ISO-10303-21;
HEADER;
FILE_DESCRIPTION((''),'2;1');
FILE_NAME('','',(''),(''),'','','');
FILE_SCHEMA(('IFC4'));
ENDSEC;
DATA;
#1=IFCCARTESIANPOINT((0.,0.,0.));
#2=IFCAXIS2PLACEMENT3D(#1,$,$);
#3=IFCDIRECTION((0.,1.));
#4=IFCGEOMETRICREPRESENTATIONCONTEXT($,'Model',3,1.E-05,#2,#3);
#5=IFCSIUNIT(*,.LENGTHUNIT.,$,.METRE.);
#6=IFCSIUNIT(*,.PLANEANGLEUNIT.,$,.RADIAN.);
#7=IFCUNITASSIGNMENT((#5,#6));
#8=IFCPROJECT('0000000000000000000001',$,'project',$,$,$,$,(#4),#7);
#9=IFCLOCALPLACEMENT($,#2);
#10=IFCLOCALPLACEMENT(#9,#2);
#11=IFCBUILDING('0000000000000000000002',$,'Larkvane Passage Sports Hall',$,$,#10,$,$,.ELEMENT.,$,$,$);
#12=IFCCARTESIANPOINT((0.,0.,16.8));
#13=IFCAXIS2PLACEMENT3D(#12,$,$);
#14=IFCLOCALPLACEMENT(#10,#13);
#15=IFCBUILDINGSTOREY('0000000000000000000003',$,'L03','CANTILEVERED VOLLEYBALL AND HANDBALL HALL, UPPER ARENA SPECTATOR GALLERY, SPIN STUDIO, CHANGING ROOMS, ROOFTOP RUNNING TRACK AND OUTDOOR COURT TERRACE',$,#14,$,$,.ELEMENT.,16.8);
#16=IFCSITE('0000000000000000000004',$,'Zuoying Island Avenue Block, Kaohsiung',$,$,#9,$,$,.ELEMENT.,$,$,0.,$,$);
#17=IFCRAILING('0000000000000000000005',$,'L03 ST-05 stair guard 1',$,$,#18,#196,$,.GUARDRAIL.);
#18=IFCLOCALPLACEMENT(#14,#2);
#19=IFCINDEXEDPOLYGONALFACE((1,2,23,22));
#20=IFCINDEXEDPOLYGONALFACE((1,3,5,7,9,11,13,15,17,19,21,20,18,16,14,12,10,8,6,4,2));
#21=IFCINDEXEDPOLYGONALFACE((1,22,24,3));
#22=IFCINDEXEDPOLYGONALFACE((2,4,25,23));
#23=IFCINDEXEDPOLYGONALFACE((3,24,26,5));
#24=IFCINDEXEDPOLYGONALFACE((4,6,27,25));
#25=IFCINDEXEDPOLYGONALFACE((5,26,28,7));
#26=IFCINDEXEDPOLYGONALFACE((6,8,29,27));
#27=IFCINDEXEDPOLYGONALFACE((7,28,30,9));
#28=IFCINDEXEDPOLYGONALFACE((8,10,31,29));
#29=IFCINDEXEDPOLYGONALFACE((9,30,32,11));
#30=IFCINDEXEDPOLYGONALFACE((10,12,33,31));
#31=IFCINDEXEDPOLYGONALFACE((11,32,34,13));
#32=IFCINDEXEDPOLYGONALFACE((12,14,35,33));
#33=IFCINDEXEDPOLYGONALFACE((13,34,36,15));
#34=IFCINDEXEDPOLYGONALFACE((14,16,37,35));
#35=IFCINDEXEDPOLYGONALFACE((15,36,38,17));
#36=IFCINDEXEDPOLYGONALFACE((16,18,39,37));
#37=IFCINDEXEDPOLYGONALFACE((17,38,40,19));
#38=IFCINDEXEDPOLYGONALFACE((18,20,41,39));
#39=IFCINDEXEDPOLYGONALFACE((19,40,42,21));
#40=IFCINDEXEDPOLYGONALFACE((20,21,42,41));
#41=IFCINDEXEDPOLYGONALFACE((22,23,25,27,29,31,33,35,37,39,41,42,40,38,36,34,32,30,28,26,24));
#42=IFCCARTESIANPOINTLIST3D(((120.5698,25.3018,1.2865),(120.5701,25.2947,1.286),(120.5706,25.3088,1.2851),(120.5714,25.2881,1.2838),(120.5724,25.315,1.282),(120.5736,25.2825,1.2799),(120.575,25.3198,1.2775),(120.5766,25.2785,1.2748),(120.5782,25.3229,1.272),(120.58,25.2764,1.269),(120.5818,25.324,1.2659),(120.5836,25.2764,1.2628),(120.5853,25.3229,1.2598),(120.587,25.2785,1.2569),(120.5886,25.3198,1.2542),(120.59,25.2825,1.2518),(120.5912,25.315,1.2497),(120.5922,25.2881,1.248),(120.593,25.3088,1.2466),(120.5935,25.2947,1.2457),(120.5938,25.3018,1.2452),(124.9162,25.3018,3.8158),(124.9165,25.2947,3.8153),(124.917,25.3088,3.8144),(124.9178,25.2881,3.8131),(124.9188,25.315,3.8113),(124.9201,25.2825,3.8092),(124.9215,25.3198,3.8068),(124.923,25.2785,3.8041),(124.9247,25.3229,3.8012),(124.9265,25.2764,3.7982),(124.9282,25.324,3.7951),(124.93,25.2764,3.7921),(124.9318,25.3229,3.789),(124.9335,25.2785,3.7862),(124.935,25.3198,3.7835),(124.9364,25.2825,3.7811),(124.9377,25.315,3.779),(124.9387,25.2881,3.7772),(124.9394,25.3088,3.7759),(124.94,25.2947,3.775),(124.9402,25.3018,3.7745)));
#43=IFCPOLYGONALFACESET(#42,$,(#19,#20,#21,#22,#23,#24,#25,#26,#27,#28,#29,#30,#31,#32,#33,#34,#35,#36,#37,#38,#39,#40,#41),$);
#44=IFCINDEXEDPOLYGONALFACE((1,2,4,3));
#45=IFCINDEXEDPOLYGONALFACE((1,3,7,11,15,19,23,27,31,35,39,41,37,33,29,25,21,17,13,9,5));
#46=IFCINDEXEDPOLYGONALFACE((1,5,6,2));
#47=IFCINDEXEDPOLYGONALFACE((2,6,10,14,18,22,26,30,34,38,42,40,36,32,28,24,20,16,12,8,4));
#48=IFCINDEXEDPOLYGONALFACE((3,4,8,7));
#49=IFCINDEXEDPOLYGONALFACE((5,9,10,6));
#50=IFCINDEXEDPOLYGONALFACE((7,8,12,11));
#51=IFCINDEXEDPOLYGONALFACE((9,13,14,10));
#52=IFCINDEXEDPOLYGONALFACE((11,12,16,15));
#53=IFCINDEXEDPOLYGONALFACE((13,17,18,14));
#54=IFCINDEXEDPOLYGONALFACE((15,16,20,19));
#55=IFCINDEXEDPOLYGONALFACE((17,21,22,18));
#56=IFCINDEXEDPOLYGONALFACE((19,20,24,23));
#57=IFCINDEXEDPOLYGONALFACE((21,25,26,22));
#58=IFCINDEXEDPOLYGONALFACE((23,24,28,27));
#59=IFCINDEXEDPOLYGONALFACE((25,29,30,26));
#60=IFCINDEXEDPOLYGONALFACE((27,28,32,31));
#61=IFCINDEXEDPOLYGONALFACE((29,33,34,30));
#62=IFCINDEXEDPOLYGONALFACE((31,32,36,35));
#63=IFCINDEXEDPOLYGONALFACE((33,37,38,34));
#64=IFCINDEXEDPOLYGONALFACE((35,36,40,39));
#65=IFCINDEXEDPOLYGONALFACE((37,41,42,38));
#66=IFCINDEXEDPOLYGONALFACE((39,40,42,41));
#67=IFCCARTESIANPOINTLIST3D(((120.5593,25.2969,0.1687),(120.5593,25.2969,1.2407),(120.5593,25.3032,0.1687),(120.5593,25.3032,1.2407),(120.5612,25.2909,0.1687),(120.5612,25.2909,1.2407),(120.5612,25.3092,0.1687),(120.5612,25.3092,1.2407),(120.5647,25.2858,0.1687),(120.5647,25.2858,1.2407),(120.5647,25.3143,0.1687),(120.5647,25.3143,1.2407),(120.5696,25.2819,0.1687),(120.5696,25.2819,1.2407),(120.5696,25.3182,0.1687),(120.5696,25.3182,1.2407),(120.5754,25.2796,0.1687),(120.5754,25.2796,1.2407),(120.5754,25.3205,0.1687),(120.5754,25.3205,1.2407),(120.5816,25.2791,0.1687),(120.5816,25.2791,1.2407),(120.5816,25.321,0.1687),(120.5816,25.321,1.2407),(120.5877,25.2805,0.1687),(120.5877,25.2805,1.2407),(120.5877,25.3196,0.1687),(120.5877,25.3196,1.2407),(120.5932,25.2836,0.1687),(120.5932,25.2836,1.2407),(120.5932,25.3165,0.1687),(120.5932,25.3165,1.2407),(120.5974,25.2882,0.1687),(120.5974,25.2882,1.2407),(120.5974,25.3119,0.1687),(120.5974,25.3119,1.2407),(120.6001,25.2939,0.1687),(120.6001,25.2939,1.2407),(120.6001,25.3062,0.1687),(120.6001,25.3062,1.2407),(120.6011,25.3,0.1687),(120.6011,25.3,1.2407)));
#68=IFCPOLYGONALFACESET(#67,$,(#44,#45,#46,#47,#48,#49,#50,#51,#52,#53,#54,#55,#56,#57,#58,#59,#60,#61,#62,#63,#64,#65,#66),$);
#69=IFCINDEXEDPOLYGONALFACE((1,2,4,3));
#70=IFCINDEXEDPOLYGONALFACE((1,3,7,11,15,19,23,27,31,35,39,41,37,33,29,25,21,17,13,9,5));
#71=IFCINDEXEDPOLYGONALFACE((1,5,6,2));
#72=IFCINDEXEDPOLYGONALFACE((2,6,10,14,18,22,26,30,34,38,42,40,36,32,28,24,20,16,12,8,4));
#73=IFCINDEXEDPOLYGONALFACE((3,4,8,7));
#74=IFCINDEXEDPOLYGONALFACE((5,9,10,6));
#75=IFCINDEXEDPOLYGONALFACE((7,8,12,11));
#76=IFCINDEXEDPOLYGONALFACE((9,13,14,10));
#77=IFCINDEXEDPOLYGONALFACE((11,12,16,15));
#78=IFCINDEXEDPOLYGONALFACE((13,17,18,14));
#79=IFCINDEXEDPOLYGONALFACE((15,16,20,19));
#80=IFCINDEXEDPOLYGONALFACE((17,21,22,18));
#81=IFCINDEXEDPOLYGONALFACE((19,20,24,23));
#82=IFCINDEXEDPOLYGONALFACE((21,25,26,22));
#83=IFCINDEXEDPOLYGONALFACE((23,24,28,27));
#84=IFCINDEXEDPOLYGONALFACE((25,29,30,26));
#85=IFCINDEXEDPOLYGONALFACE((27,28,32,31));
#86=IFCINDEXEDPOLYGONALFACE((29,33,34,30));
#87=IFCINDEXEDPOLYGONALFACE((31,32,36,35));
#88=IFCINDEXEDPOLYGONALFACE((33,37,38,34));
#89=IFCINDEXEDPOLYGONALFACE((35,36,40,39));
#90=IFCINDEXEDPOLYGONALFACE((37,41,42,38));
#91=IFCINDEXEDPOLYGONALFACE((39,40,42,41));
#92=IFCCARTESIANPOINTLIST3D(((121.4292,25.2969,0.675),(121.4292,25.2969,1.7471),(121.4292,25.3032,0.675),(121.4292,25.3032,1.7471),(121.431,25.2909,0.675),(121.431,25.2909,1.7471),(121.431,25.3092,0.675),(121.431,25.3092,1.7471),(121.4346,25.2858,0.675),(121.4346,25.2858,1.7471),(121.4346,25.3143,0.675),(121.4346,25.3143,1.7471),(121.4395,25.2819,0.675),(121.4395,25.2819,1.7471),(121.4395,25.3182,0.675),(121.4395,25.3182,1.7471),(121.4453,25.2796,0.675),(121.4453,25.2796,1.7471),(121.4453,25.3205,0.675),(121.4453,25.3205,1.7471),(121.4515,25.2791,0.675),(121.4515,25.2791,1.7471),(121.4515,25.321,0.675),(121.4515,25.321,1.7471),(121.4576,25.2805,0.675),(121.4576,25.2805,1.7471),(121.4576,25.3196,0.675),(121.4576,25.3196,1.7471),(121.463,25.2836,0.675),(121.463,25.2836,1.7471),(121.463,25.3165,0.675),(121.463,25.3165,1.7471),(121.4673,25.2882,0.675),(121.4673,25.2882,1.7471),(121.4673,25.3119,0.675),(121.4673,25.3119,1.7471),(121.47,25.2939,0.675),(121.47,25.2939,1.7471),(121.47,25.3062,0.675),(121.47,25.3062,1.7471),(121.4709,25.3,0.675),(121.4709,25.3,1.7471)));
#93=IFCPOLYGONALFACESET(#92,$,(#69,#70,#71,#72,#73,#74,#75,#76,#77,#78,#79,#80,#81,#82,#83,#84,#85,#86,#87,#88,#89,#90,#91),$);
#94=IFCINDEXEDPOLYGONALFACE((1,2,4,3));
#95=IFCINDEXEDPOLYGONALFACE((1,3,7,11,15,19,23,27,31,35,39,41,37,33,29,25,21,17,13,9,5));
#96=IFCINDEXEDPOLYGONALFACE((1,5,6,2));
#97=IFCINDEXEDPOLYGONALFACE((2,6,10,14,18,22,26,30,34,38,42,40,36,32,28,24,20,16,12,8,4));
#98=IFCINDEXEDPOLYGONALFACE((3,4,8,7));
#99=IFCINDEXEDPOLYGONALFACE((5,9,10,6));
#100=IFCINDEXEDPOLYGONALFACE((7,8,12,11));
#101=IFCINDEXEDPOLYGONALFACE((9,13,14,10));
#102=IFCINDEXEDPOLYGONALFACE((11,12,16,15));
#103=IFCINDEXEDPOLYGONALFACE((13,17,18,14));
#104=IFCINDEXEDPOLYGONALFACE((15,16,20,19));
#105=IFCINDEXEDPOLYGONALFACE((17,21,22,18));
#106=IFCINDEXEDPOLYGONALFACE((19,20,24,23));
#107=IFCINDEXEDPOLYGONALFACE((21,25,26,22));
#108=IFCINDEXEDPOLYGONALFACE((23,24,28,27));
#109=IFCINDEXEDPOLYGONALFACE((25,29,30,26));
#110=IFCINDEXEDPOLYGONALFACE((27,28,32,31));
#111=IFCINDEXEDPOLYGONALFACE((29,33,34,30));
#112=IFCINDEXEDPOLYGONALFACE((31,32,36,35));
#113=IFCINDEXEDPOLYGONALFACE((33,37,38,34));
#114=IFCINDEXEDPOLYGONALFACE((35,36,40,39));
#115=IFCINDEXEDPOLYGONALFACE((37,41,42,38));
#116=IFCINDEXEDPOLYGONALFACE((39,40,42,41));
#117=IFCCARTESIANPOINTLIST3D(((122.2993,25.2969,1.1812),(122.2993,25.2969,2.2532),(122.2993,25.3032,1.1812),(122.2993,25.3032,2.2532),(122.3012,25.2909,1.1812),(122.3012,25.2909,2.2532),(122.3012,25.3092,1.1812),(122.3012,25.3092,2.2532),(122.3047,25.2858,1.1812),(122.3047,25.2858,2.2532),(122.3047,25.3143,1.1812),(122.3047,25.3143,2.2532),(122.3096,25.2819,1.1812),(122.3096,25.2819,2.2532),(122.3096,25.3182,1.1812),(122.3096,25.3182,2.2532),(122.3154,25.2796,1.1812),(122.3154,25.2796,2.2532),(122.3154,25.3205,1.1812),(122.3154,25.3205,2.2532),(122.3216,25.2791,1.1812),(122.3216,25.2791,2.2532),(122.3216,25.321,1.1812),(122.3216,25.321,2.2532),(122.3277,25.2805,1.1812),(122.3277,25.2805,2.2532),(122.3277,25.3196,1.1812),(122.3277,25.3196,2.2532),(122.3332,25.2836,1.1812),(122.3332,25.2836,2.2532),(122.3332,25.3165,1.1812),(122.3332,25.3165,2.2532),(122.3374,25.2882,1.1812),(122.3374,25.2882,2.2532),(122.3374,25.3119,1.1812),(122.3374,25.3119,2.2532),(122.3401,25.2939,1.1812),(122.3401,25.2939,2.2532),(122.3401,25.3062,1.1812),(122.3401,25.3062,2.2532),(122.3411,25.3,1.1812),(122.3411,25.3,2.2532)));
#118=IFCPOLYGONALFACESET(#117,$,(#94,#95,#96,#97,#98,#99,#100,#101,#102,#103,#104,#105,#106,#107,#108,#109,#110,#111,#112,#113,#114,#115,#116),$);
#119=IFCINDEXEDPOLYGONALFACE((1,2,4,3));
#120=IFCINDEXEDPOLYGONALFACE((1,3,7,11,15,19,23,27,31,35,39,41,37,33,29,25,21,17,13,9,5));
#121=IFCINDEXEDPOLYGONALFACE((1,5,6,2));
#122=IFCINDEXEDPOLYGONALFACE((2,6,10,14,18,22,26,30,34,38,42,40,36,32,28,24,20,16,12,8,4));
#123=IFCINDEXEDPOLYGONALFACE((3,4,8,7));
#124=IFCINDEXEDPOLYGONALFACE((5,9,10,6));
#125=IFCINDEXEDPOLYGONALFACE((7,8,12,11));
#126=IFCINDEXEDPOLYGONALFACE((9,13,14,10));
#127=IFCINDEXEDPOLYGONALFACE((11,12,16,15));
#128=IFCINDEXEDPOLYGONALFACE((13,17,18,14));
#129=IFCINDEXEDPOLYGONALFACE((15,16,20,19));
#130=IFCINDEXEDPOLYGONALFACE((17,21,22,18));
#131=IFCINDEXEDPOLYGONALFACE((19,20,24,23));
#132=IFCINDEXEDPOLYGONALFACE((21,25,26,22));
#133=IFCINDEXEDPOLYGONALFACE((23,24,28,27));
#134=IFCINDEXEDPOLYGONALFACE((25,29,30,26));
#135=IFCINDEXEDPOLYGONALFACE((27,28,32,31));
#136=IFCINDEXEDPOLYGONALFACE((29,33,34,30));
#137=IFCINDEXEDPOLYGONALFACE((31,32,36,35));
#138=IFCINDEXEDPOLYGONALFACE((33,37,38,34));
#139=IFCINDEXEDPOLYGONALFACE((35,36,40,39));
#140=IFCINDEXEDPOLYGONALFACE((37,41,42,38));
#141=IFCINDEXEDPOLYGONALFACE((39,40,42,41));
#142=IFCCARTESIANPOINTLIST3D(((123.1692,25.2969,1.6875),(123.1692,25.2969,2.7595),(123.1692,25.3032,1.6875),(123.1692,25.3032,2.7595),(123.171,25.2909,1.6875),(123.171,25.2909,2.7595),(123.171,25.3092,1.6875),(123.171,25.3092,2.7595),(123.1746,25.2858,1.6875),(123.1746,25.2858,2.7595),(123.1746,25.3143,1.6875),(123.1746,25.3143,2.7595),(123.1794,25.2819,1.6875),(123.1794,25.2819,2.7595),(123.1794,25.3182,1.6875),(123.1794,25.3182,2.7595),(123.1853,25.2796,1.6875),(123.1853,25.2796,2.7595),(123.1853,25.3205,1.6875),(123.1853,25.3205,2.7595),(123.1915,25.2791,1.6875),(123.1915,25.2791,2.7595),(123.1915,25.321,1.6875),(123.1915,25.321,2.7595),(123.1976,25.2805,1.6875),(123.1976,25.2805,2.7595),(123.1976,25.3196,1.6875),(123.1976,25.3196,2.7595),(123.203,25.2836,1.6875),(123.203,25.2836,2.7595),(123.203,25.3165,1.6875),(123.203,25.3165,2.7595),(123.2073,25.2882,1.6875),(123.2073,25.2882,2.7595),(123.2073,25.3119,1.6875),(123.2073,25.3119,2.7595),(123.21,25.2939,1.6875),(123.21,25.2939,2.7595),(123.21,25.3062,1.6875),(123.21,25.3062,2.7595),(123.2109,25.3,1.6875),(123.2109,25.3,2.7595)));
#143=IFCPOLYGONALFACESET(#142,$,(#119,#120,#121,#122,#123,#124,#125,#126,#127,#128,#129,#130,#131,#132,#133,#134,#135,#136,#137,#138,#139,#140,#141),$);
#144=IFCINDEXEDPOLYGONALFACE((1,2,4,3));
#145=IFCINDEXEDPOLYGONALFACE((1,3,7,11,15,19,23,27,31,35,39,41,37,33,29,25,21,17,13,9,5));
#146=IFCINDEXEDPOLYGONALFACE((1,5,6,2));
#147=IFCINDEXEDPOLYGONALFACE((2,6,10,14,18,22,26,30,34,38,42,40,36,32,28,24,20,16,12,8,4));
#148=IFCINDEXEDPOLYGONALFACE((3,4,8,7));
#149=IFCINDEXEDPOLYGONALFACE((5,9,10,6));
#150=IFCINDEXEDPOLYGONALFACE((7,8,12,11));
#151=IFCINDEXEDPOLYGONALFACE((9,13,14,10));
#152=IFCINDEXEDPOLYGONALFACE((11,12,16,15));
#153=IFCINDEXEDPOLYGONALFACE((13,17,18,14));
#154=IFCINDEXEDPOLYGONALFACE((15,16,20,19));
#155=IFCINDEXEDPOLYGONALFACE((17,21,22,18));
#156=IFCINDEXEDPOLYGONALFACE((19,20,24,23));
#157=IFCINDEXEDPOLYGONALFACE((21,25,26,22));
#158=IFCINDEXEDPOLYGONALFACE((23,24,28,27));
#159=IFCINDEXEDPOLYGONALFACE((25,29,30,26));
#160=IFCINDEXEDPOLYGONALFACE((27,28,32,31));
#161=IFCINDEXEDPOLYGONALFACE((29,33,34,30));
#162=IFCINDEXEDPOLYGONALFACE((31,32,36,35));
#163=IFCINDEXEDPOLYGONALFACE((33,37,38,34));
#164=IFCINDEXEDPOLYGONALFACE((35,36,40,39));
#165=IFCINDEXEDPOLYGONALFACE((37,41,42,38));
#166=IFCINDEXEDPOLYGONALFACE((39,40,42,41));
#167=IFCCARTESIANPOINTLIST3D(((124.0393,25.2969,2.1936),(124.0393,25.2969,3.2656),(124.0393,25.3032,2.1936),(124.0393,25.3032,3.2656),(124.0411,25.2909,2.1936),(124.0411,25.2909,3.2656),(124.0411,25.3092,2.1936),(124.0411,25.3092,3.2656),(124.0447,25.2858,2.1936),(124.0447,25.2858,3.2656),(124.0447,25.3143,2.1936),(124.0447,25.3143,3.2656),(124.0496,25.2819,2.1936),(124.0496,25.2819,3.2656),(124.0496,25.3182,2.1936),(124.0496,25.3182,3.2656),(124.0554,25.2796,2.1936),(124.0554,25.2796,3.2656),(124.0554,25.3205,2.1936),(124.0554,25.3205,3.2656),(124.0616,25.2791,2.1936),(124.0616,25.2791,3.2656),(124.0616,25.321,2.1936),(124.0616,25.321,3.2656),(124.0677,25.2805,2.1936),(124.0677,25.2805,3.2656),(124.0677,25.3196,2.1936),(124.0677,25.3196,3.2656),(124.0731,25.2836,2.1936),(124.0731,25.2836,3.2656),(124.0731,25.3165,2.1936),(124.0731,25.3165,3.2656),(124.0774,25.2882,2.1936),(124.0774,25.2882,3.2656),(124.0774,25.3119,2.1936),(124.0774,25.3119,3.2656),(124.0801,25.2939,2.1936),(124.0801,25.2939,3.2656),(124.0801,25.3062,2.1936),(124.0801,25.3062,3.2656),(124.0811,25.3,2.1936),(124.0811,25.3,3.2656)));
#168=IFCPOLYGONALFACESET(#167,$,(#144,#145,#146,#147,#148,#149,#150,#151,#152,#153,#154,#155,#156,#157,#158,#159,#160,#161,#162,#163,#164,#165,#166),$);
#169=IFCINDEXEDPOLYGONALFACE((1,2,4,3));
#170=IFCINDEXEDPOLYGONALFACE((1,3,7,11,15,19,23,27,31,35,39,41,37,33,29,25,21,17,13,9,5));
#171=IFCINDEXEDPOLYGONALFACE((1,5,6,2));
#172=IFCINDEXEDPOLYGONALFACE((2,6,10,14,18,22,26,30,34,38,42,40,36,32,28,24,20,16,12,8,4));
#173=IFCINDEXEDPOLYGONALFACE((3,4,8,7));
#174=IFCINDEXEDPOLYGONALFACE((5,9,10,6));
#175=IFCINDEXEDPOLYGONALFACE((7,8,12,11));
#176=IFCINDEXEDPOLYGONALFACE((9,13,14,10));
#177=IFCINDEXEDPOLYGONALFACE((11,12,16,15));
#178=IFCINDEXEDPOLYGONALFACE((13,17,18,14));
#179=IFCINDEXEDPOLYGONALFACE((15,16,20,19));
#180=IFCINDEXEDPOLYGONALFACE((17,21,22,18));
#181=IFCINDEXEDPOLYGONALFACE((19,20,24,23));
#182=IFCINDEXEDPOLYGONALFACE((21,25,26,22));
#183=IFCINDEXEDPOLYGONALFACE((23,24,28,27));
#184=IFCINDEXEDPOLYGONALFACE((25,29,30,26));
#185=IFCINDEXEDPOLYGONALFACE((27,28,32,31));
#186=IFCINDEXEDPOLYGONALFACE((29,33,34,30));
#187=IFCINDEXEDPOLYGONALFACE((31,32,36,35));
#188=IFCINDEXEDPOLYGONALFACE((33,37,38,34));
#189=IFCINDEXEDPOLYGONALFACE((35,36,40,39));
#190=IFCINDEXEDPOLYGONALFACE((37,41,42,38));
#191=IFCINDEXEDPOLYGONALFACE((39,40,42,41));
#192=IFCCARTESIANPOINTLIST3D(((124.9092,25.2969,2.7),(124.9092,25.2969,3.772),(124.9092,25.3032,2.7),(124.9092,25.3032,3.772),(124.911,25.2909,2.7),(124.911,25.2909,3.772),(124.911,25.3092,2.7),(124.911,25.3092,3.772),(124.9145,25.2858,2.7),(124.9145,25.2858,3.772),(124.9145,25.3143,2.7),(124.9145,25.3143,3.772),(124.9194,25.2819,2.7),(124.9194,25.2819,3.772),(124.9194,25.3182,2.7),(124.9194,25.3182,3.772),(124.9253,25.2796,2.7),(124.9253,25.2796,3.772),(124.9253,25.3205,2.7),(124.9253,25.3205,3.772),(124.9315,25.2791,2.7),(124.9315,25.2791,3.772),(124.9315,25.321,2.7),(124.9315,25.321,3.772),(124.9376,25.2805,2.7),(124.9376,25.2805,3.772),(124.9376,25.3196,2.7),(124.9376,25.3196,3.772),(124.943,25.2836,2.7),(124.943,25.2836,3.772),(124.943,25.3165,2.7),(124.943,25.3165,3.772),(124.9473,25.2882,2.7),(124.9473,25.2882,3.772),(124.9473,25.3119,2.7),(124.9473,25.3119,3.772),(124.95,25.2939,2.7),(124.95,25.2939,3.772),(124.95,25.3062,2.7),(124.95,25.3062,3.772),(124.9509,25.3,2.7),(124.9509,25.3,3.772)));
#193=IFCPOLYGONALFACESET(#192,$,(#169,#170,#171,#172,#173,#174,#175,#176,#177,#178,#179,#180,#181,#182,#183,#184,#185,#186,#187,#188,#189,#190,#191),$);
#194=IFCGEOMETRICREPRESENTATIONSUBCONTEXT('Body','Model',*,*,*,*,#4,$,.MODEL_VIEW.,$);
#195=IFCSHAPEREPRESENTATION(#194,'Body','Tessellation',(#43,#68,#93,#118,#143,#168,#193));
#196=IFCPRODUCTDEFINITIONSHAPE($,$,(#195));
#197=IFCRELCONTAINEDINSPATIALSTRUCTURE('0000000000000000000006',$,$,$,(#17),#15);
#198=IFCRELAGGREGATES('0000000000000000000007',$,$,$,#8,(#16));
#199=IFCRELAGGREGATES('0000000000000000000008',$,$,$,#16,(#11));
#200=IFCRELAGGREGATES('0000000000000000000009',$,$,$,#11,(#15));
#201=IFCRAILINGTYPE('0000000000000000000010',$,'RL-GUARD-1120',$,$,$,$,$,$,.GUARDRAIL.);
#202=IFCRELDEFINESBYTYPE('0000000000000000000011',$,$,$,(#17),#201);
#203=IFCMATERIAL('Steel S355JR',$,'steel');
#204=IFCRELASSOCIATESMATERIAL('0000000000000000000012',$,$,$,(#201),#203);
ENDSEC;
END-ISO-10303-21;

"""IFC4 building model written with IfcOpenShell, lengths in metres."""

from ifc_helpers import new_model, si_unit, direction, frame, origin, origin_2d, place, context, subcontext, project, spatial, circle, extrude, material, type_object, element, save


model = new_model("IFC4")

# Units and contexts
model_context = context("Model", 3, precision=1e-05, world=origin(), true_north=direction((0.0, 1.0)))
body_context = subcontext(model_context, "Body", "Model", "MODEL_VIEW")
ifc_project = project(units=[si_unit("LENGTHUNIT", "METRE"), si_unit("PLANEANGLEUNIT", "RADIAN")], contexts=[model_context])

# Site, building, storey
site_placement = place(None, origin())
site = spatial("IfcSite", under=ifc_project, at=site_placement, Name="Zuoying Island Avenue Block, Kaohsiung", CompositionType="ELEMENT", RefElevation=0.0)
building_placement = place(site_placement, origin())
building = spatial("IfcBuilding", under=site, at=building_placement, Name="Larkvane Passage Sports Hall", CompositionType="ELEMENT")
storey_placement = place(building_placement, frame((0.0, 0.0, 16.8)))
storey = spatial("IfcBuildingStorey", under=building, at=storey_placement, Name="L03", Description="CANTILEVERED VOLLEYBALL AND HANDBALL HALL, UPPER ARENA SPECTATOR GALLERY, SPIN STUDIO, CHANGING ROOMS, ROOFTOP RUNNING TRACK AND OUTDOOR COURT TERRACE", CompositionType="ELEMENT", Elevation=16.8)

# Railing
ifc_material_1 = material(Name="Steel S355JR", Category="steel")
railing_type_1 = type_object("IfcRailingType", Name="RL-GUARD-1120", PredefinedType="GUARDRAIL", material=ifc_material_1)
railing_1_placement = place(storey_placement, frame((120.5801, 25.3, 0.1687)))
element("IfcRailing", 1, at=railing_1_placement, inside=storey, type_object=railing_type_1, Name="L03 ST-05 stair guard 1", PredefinedType="GUARDRAIL", context=body_context, shape_type="SweptSolid", body=[
    extrude(circle(Radius=0.0239, at=origin_2d()), frame((0.0017, 0.0, 1.0972), z_axis=(0.864312, 0.0, 0.502957), x_axis=(0.0, 1.0, 0.0)), (0.0, 0.0, 1.0), 5.0288),
    extrude(circle(Radius=0.021, at=origin_2d()), origin(), (0.0, 0.0, 1.0), 1.072),
    extrude(circle(Radius=0.021, at=origin_2d()), frame((0.8699, 0.0, 0.5063)), (0.0, 0.0, 1.0), 1.072),
    extrude(circle(Radius=0.021, at=origin_2d()), frame((1.74, 0.0, 1.0125)), (0.0, 0.0, 1.0), 1.072),
    extrude(circle(Radius=0.021, at=origin_2d()), frame((2.6099, 0.0, 1.5188)), (0.0, 0.0, 1.0), 1.072),
    extrude(circle(Radius=0.021, at=origin_2d()), frame((3.48, 0.0, 2.0249)), (0.0, 0.0, 1.0), 1.072),
    extrude(circle(Radius=0.021, at=origin_2d()), frame((4.3499, 0.0, 2.5312)), (0.0, 0.0, 1.0), 1.072),
])

save(model, "model.ifc")
